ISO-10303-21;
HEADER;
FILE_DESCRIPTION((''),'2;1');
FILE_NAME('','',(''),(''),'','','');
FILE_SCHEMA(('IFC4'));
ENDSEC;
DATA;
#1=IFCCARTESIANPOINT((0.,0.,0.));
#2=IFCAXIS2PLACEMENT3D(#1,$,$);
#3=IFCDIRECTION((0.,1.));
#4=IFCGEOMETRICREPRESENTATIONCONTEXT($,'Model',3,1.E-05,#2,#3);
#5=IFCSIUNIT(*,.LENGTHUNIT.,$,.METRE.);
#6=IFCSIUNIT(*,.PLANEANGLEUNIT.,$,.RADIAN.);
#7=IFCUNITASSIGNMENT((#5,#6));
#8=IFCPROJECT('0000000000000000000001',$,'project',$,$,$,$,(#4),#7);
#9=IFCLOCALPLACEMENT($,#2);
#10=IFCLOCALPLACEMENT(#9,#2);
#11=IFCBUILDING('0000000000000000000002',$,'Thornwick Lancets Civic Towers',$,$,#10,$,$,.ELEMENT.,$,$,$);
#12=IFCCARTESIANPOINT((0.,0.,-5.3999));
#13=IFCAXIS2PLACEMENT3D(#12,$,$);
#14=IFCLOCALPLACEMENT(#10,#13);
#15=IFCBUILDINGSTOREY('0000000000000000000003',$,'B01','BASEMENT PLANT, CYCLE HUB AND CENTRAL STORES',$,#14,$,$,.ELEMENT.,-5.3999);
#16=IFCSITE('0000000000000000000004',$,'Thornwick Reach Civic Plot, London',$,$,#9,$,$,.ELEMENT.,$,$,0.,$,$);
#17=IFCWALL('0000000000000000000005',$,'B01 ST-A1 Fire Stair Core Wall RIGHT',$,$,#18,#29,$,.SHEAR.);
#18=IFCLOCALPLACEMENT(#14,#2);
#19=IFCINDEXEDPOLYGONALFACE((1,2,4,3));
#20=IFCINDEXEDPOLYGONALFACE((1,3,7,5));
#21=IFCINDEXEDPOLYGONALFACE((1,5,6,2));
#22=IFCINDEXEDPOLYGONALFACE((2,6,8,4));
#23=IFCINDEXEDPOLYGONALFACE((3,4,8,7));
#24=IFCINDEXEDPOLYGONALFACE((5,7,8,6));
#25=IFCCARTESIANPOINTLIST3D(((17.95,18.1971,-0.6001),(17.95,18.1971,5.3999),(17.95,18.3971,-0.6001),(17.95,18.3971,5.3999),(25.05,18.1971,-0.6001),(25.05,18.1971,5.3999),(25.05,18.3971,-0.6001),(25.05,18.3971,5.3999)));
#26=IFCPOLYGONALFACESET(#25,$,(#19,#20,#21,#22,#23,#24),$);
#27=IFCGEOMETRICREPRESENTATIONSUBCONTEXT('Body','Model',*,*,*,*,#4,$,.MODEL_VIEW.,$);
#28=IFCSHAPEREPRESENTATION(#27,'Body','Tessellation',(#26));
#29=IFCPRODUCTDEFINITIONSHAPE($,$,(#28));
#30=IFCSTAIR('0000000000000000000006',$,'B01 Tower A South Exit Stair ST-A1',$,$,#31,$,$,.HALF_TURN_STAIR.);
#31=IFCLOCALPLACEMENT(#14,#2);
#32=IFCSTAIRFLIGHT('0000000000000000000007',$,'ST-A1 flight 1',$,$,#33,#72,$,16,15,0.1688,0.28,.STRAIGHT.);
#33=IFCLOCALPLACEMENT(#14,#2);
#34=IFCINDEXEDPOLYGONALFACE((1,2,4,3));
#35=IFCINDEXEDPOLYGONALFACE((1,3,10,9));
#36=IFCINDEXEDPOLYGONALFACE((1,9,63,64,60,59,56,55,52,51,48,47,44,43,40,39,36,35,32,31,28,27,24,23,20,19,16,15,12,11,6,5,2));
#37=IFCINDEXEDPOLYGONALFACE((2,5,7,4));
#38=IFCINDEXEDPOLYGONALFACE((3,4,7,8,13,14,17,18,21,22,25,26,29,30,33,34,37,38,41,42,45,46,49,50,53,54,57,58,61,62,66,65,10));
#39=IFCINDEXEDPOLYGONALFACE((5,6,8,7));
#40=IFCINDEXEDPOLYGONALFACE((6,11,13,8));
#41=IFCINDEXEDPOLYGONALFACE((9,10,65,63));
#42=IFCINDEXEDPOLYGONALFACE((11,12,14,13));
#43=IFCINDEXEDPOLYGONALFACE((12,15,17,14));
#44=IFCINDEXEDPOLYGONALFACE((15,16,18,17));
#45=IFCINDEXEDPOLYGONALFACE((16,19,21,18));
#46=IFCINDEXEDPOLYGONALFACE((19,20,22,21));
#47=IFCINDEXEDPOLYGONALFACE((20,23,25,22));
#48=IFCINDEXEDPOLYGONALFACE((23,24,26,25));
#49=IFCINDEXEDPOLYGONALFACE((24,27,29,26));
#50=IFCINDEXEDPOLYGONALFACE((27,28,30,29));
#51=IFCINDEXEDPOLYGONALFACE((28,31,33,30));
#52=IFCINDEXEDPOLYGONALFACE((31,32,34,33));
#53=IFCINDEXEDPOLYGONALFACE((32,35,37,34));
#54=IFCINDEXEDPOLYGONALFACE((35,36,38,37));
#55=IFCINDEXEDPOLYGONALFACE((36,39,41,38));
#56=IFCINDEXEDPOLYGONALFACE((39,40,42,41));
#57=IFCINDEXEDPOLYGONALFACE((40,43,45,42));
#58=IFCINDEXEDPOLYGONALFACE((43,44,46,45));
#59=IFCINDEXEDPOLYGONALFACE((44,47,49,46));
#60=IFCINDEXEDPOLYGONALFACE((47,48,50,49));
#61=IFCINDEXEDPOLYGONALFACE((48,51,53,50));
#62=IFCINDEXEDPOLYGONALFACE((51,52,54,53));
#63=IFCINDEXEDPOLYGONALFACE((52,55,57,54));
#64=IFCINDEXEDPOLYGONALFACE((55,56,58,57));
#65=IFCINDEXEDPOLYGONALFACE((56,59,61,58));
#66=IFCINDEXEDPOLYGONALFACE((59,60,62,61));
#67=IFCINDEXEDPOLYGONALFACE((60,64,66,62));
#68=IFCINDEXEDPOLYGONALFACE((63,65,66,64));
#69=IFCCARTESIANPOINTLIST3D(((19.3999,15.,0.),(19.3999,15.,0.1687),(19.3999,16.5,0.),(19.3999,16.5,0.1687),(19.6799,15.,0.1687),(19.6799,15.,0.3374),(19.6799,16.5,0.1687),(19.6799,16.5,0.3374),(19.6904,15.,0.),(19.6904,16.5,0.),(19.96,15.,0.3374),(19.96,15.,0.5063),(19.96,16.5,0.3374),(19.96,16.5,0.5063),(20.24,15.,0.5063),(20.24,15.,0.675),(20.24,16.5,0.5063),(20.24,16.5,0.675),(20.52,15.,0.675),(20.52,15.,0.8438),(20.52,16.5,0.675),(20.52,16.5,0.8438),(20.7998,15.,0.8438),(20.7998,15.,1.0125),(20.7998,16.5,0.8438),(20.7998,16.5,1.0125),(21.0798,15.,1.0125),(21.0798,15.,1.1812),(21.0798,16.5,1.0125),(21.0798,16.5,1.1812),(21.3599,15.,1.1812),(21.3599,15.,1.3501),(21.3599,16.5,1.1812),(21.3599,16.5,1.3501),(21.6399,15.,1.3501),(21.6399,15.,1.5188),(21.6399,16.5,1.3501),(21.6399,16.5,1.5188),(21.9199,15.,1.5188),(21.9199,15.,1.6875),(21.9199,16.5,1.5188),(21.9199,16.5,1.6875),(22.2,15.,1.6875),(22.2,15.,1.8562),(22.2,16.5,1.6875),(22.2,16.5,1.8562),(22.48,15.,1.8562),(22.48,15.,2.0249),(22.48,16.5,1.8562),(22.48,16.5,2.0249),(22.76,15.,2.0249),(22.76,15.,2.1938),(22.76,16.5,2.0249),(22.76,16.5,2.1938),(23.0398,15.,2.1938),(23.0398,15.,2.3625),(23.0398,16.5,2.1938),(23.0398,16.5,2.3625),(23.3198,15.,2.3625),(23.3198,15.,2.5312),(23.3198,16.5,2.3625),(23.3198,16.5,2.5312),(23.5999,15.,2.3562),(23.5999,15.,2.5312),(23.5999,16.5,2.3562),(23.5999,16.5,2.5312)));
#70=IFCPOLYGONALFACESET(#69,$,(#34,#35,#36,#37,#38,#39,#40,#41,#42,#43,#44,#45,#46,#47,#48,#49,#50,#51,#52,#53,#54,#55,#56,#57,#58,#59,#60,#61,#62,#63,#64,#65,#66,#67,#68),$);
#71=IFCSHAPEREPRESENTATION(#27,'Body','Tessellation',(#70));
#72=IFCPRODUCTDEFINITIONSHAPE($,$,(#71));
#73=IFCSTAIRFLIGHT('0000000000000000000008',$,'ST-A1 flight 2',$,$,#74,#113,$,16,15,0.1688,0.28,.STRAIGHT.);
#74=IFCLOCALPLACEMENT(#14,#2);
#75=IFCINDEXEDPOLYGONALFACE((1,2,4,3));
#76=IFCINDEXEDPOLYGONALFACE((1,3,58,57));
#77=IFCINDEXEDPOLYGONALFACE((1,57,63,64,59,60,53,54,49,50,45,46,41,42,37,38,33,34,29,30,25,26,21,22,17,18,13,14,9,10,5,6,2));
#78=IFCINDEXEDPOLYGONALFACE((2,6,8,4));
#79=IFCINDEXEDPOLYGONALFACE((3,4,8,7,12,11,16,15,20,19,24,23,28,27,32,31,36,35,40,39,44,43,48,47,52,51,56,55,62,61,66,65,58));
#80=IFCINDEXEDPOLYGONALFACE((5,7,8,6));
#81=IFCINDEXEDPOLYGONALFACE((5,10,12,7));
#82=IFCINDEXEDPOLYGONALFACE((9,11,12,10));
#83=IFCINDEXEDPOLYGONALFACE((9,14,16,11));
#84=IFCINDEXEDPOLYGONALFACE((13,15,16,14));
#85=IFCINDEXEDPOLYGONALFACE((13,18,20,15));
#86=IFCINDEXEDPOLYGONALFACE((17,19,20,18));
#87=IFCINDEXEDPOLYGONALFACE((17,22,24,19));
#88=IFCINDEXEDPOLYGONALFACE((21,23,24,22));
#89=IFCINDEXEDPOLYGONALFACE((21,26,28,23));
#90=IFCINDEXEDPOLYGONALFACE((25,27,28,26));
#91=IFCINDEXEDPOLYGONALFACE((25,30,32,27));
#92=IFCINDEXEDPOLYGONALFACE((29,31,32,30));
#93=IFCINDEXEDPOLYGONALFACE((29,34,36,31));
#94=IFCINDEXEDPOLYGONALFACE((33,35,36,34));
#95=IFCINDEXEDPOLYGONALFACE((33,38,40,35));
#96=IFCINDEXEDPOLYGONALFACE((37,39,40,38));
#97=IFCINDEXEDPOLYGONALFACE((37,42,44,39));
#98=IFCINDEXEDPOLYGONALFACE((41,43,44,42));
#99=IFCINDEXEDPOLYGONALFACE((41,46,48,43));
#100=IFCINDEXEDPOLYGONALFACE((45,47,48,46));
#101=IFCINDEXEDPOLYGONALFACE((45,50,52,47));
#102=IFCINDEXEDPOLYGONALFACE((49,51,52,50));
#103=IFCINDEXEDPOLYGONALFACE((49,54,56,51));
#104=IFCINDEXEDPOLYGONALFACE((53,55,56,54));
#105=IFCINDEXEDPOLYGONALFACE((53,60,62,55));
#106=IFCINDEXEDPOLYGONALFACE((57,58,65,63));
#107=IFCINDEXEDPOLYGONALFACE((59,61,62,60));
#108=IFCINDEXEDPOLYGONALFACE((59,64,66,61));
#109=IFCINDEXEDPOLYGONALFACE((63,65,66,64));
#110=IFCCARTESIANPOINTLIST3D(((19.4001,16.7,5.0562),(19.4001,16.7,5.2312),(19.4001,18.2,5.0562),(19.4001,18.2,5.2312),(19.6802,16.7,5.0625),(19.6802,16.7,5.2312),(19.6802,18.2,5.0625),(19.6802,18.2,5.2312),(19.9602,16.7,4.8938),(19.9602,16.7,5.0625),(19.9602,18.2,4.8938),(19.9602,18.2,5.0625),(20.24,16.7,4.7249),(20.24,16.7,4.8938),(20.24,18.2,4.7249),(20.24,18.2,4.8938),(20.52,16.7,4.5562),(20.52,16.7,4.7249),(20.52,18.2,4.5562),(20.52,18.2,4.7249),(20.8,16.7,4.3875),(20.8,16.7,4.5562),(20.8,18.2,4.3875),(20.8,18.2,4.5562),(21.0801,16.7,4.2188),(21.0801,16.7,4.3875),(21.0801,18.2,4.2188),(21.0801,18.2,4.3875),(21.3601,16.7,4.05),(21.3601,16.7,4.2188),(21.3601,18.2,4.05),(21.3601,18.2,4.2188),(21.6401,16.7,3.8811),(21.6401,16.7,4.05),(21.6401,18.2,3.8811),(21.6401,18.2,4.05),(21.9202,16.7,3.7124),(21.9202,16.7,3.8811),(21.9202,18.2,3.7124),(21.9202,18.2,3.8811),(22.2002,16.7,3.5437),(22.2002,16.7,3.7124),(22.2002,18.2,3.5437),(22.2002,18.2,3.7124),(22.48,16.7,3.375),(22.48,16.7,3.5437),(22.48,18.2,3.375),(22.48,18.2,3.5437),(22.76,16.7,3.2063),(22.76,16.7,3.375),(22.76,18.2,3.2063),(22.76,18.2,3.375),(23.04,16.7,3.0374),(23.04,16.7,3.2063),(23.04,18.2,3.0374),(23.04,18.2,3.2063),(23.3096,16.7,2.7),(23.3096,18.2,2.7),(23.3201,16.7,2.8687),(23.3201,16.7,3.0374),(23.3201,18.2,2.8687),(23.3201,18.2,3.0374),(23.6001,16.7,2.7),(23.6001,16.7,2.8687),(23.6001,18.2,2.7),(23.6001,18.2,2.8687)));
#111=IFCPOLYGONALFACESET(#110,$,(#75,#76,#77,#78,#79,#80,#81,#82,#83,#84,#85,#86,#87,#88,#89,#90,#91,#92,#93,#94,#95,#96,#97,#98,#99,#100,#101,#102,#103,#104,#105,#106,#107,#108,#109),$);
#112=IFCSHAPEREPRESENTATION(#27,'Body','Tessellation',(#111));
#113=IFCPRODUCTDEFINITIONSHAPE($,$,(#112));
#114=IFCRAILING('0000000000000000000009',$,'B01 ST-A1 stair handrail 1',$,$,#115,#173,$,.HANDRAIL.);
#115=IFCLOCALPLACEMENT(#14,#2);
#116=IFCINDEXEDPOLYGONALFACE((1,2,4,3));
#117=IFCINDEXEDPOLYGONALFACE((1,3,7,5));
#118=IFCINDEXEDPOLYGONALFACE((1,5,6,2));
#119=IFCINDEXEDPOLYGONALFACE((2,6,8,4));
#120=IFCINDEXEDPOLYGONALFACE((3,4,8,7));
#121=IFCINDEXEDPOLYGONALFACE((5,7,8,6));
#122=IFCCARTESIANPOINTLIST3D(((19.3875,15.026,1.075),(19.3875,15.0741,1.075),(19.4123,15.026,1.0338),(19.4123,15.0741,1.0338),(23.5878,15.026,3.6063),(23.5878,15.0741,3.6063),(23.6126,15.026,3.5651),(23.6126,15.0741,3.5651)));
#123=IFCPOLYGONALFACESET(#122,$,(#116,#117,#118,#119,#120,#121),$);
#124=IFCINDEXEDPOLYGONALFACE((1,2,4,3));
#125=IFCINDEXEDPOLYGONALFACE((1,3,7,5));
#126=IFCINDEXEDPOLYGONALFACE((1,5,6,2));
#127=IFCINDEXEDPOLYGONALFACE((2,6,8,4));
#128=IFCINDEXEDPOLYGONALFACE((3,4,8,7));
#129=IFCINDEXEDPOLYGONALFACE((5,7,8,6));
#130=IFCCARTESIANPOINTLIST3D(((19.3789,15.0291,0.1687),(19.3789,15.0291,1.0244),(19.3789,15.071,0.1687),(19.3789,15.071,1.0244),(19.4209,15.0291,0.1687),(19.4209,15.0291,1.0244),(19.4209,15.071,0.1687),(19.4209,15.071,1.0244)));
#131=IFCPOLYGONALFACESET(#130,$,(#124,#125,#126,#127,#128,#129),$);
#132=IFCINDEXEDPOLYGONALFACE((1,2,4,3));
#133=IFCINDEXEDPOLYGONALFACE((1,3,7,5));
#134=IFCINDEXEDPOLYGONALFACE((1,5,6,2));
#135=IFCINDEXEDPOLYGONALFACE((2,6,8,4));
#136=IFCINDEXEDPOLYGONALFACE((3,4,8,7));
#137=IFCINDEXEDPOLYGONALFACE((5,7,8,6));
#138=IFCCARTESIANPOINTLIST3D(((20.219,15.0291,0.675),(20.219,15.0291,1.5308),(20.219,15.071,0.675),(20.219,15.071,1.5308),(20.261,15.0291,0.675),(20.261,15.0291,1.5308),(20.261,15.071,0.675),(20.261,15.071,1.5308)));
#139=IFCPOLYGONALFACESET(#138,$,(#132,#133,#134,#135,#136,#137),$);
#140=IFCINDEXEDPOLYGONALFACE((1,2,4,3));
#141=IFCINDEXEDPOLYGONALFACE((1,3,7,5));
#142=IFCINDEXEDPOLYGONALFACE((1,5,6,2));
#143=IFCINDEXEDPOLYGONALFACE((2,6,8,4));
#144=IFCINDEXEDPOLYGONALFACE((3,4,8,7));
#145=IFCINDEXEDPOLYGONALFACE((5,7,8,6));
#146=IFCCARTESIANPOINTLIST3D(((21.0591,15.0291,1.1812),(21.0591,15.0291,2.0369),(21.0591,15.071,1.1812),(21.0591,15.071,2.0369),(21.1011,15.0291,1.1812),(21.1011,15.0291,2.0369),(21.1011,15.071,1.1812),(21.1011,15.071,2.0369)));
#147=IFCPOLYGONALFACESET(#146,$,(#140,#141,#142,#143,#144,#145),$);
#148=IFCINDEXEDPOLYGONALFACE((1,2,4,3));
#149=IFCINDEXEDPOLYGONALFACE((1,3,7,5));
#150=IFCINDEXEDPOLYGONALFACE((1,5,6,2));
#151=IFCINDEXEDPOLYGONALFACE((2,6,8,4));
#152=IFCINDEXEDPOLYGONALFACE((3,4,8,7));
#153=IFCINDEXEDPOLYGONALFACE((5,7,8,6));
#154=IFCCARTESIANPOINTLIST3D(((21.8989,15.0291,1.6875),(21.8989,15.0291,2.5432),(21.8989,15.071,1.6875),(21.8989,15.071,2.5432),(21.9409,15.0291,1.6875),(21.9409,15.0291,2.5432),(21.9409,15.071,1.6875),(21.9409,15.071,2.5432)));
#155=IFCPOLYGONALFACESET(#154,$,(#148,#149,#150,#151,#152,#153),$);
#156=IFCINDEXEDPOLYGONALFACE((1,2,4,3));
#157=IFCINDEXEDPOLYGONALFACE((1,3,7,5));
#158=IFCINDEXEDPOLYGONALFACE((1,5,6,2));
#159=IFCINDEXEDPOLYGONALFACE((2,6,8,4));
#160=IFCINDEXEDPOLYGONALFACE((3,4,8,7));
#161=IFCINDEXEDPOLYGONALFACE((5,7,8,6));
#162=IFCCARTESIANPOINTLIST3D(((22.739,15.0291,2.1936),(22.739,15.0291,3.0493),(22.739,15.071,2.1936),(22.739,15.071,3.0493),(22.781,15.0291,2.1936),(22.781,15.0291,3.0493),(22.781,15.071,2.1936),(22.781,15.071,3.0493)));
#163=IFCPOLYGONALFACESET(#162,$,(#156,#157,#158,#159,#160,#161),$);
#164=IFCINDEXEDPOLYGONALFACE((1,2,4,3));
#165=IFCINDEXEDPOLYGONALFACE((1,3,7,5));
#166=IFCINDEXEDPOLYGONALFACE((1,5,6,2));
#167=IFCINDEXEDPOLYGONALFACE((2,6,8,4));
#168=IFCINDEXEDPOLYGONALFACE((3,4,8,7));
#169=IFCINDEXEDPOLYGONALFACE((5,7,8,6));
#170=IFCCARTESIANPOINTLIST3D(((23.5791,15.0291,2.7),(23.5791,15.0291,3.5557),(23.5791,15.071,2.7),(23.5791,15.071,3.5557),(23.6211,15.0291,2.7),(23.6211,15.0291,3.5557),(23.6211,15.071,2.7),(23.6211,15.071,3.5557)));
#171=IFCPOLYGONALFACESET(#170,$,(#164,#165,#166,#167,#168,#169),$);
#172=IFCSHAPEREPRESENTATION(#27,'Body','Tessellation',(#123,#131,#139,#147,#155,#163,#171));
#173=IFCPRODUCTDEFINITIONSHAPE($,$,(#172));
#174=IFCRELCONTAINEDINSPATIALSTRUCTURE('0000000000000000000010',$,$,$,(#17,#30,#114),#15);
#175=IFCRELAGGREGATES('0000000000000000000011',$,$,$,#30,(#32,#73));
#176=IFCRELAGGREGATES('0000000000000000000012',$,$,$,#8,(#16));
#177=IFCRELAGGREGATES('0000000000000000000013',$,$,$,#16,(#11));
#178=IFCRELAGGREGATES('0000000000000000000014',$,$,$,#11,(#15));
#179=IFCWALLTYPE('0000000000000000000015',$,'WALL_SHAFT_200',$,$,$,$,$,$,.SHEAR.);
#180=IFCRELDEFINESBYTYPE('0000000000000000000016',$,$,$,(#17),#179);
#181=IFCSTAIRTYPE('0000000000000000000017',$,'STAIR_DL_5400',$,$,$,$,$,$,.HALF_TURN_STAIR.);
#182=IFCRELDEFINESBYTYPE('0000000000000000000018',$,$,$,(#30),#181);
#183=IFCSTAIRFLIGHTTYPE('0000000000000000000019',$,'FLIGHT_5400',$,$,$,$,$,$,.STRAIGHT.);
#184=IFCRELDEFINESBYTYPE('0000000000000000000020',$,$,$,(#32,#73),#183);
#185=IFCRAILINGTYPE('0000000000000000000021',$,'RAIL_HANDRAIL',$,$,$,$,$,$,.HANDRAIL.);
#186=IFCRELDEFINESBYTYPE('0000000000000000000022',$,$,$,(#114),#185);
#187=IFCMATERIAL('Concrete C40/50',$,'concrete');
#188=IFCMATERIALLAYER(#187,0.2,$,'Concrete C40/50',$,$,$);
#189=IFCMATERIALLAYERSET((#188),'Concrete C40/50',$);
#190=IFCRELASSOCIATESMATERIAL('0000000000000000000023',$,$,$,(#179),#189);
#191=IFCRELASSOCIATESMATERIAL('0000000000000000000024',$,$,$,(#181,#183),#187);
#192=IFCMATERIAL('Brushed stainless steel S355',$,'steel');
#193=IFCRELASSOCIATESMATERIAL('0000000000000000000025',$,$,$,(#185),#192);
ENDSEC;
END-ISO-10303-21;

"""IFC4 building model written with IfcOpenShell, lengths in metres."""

from ifc_helpers import new_model, si_unit, direction, frame, frame_2d, origin, origin_2d, place, context, subcontext, project, spatial, polyline, rectangle, outline, extrude, material, layer, layer_set, type_object, element, aggregate, save


model = new_model("IFC4")

# Units and contexts
model_context = context("Model", 3, precision=1e-05, world=origin(), true_north=direction((0.0, 1.0)))
body_context = subcontext(model_context, "Body", "Model", "MODEL_VIEW")
ifc_project = project(units=[si_unit("LENGTHUNIT", "METRE"), si_unit("PLANEANGLEUNIT", "RADIAN")], contexts=[model_context])

# Site, building, storey
site_placement = place(None, origin())
site = spatial("IfcSite", under=ifc_project, at=site_placement, Name="Thornwick Reach Civic Plot, London", CompositionType="ELEMENT", RefElevation=0.0)
building_placement = place(site_placement, origin())
building = spatial("IfcBuilding", under=site, at=building_placement, Name="Thornwick Lancets Civic Towers", CompositionType="ELEMENT")
storey_placement = place(building_placement, frame((0.0, 0.0, -5.3999)))
storey = spatial("IfcBuildingStorey", under=building, at=storey_placement, Name="B01", Description="BASEMENT PLANT, CYCLE HUB AND CENTRAL STORES", CompositionType="ELEMENT", Elevation=-5.3999)

# Shared definitions
ifc_material_1 = material(Name="Concrete C40/50", Category="concrete")

# Shared definitions
ifc_layer_1 = layer(ifc_material_1, 0.2, Name="Concrete C40/50")
ifc_layer_set_1 = layer_set([ifc_layer_1], Name="Concrete C40/50")
wall_type_1 = type_object("IfcWallType", Name="WALL_SHAFT_200", PredefinedType="SHEAR", material=ifc_layer_set_1)

# Wall
wall_1_placement = place(storey_placement, frame((25.05, 18.2971, -0.6001), z_axis=(0.0, 0.0, 1.0), x_axis=(-1.0, 0.0, 0.0)))
element("IfcWall", 1, at=wall_1_placement, inside=storey, type_object=wall_type_1, Name="B01 ST-A1 Fire Stair Core Wall RIGHT", PredefinedType="SHEAR", context=body_context, shape_type="SweptSolid", body=[
    extrude(rectangle(XDim=7.1001, YDim=0.2, at=frame_2d((3.55, 0.0))), origin(), (0.0, 0.0, 1.0), 6.0),
])

# Stair, stair flights
stair_type = type_object("IfcStairType", Name="STAIR_DL_5400", PredefinedType="HALF_TURN_STAIR", material=ifc_material_1)
stair_placement = place(storey_placement, origin())
stair = element("IfcStair", 2, at=stair_placement, inside=storey, type_object=stair_type, Name="B01 Tower A South Exit Stair ST-A1", PredefinedType="HALF_TURN_STAIR")
stair_flight_type = type_object("IfcStairFlightType", Name="FLIGHT_5400", PredefinedType="STRAIGHT", material=ifc_material_1)
stair_flight_1_placement = place(storey_placement, frame((19.3999, 15.75, 0.0), z_axis=(0.0, 0.0, 1.0), x_axis=(1.0, 0.0, 0.0)))
stair_flight_1 = element("IfcStairFlight", 3, at=stair_flight_1_placement, type_object=stair_flight_type, Name="ST-A1 flight 1", NumberOfRisers=16, NumberOfTreads=15, PredefinedType="STRAIGHT", RiserHeight=0.1688, TreadLength=0.28, context=body_context, shape_type="SweptSolid", body=[
    extrude(outline(polyline([(0.0, 0.0), (0.0, 0.1687), (0.28, 0.1687), (0.28, 0.3374), (0.5601, 0.3374), (0.5601, 0.5063), (0.8401, 0.5063), (0.8401, 0.675), (1.1201, 0.675), (1.1201, 0.8438), (1.3999, 0.8438), (1.3999, 1.0125), (1.6799, 1.0125), (1.6799, 1.1812), (1.96, 1.1812), (1.96, 1.3501), (2.24, 1.3501), (2.24, 1.5188), (2.52, 1.5188), (2.52, 1.6875), (2.8, 1.6875), (2.8, 1.8562), (3.0801, 1.8562), (3.0801, 2.0249), (3.3601, 2.0249), (3.3601, 2.1938), (3.6399, 2.1938), (3.6399, 2.3625), (3.9199, 2.3625), (3.9199, 2.5312), (4.2, 2.5312), (4.2, 2.7), (4.2, 2.3562), (0.2905, 0.0), (0.0, 0.0)])), frame((0.0, 0.75, 0.0), z_axis=(0.0, -1.0, 0.0), x_axis=(1.0, 0.0, 0.0)), (0.0, 0.0, 1.0), 1.5),
])
stair_flight_2_placement = place(storey_placement, frame((23.6001, 17.45, 2.7), z_axis=(0.0, 0.0, 1.0), x_axis=(-1.0, 0.0, 0.0)))
stair_flight_2 = element("IfcStairFlight", 4, at=stair_flight_2_placement, type_object=stair_flight_type, Name="ST-A1 flight 2", NumberOfRisers=16, NumberOfTreads=15, PredefinedType="STRAIGHT", RiserHeight=0.1688, TreadLength=0.28, context=body_context, shape_type="SweptSolid", body=[
    extrude(outline(polyline([(0.0, 0.0), (0.0, 0.1687), (0.28, 0.1687), (0.28, 0.3374), (0.5601, 0.3374), (0.5601, 0.5063), (0.8401, 0.5063), (0.8401, 0.675), (1.1201, 0.675), (1.1201, 0.8438), (1.3999, 0.8438), (1.3999, 1.0125), (1.6799, 1.0125), (1.6799, 1.1812), (1.96, 1.1812), (1.96, 1.3501), (2.24, 1.3501), (2.24, 1.5188), (2.52, 1.5188), (2.52, 1.6875), (2.8, 1.6875), (2.8, 1.8562), (3.0801, 1.8562), (3.0801, 2.0249), (3.3601, 2.0249), (3.3601, 2.1938), (3.6399, 2.1938), (3.6399, 2.3625), (3.9199, 2.3625), (3.9199, 2.5312), (4.2, 2.5312), (4.2, 2.7), (4.2, 2.3562), (0.2905, 0.0), (0.0, 0.0)])), frame((0.0, 0.75, 0.0), z_axis=(0.0, -1.0, 0.0), x_axis=(1.0, 0.0, 0.0)), (0.0, 0.0, 1.0), 1.5),
])
aggregate(stair, [stair_flight_1, stair_flight_2])

# Railing
ifc_material_2 = material(Name="Brushed stainless steel S355", Category="steel")
railing_type_1 = type_object("IfcRailingType", Name="RAIL_HANDRAIL", PredefinedType="HANDRAIL", material=ifc_material_2)
railing_1_placement = place(storey_placement, frame((19.3999, 15.05, 0.1687)))
element("IfcRailing", 5, at=railing_1_placement, inside=storey, type_object=railing_type_1, Name="B01 ST-A1 stair handrail 1", PredefinedType="HANDRAIL", context=body_context, shape_type="SweptSolid", body=[
    extrude(rectangle(XDim=0.0481, YDim=0.0481, at=origin_2d()), frame((0.0, 0.0, 0.8857), z_axis=(0.85649, 0.0, 0.516164), x_axis=(0.0, 1.0, 0.0)), (0.0, 0.0, 1.0), 4.9041),
    extrude(rectangle(XDim=0.042, YDim=0.042, at=origin_2d()), origin(), (0.0, 0.0, 1.0), 0.8557),
    extrude(rectangle(XDim=0.042, YDim=0.042, at=origin_2d()), frame((0.8401, 0.0, 0.5063)), (0.0, 0.0, 1.0), 0.8557),
    extrude(rectangle(XDim=0.042, YDim=0.042, at=origin_2d()), frame((1.6802, 0.0, 1.0125)), (0.0, 0.0, 1.0), 0.8557),
    extrude(rectangle(XDim=0.042, YDim=0.042, at=origin_2d()), frame((2.52, 0.0, 1.5188)), (0.0, 0.0, 1.0), 0.8557),
    extrude(rectangle(XDim=0.042, YDim=0.042, at=origin_2d()), frame((3.3601, 0.0, 2.0249)), (0.0, 0.0, 1.0), 0.8557),
    extrude(rectangle(XDim=0.042, YDim=0.042, at=origin_2d()), frame((4.2002, 0.0, 2.5312)), (0.0, 0.0, 1.0), 0.8557),
])

save(model, "model.ifc")
